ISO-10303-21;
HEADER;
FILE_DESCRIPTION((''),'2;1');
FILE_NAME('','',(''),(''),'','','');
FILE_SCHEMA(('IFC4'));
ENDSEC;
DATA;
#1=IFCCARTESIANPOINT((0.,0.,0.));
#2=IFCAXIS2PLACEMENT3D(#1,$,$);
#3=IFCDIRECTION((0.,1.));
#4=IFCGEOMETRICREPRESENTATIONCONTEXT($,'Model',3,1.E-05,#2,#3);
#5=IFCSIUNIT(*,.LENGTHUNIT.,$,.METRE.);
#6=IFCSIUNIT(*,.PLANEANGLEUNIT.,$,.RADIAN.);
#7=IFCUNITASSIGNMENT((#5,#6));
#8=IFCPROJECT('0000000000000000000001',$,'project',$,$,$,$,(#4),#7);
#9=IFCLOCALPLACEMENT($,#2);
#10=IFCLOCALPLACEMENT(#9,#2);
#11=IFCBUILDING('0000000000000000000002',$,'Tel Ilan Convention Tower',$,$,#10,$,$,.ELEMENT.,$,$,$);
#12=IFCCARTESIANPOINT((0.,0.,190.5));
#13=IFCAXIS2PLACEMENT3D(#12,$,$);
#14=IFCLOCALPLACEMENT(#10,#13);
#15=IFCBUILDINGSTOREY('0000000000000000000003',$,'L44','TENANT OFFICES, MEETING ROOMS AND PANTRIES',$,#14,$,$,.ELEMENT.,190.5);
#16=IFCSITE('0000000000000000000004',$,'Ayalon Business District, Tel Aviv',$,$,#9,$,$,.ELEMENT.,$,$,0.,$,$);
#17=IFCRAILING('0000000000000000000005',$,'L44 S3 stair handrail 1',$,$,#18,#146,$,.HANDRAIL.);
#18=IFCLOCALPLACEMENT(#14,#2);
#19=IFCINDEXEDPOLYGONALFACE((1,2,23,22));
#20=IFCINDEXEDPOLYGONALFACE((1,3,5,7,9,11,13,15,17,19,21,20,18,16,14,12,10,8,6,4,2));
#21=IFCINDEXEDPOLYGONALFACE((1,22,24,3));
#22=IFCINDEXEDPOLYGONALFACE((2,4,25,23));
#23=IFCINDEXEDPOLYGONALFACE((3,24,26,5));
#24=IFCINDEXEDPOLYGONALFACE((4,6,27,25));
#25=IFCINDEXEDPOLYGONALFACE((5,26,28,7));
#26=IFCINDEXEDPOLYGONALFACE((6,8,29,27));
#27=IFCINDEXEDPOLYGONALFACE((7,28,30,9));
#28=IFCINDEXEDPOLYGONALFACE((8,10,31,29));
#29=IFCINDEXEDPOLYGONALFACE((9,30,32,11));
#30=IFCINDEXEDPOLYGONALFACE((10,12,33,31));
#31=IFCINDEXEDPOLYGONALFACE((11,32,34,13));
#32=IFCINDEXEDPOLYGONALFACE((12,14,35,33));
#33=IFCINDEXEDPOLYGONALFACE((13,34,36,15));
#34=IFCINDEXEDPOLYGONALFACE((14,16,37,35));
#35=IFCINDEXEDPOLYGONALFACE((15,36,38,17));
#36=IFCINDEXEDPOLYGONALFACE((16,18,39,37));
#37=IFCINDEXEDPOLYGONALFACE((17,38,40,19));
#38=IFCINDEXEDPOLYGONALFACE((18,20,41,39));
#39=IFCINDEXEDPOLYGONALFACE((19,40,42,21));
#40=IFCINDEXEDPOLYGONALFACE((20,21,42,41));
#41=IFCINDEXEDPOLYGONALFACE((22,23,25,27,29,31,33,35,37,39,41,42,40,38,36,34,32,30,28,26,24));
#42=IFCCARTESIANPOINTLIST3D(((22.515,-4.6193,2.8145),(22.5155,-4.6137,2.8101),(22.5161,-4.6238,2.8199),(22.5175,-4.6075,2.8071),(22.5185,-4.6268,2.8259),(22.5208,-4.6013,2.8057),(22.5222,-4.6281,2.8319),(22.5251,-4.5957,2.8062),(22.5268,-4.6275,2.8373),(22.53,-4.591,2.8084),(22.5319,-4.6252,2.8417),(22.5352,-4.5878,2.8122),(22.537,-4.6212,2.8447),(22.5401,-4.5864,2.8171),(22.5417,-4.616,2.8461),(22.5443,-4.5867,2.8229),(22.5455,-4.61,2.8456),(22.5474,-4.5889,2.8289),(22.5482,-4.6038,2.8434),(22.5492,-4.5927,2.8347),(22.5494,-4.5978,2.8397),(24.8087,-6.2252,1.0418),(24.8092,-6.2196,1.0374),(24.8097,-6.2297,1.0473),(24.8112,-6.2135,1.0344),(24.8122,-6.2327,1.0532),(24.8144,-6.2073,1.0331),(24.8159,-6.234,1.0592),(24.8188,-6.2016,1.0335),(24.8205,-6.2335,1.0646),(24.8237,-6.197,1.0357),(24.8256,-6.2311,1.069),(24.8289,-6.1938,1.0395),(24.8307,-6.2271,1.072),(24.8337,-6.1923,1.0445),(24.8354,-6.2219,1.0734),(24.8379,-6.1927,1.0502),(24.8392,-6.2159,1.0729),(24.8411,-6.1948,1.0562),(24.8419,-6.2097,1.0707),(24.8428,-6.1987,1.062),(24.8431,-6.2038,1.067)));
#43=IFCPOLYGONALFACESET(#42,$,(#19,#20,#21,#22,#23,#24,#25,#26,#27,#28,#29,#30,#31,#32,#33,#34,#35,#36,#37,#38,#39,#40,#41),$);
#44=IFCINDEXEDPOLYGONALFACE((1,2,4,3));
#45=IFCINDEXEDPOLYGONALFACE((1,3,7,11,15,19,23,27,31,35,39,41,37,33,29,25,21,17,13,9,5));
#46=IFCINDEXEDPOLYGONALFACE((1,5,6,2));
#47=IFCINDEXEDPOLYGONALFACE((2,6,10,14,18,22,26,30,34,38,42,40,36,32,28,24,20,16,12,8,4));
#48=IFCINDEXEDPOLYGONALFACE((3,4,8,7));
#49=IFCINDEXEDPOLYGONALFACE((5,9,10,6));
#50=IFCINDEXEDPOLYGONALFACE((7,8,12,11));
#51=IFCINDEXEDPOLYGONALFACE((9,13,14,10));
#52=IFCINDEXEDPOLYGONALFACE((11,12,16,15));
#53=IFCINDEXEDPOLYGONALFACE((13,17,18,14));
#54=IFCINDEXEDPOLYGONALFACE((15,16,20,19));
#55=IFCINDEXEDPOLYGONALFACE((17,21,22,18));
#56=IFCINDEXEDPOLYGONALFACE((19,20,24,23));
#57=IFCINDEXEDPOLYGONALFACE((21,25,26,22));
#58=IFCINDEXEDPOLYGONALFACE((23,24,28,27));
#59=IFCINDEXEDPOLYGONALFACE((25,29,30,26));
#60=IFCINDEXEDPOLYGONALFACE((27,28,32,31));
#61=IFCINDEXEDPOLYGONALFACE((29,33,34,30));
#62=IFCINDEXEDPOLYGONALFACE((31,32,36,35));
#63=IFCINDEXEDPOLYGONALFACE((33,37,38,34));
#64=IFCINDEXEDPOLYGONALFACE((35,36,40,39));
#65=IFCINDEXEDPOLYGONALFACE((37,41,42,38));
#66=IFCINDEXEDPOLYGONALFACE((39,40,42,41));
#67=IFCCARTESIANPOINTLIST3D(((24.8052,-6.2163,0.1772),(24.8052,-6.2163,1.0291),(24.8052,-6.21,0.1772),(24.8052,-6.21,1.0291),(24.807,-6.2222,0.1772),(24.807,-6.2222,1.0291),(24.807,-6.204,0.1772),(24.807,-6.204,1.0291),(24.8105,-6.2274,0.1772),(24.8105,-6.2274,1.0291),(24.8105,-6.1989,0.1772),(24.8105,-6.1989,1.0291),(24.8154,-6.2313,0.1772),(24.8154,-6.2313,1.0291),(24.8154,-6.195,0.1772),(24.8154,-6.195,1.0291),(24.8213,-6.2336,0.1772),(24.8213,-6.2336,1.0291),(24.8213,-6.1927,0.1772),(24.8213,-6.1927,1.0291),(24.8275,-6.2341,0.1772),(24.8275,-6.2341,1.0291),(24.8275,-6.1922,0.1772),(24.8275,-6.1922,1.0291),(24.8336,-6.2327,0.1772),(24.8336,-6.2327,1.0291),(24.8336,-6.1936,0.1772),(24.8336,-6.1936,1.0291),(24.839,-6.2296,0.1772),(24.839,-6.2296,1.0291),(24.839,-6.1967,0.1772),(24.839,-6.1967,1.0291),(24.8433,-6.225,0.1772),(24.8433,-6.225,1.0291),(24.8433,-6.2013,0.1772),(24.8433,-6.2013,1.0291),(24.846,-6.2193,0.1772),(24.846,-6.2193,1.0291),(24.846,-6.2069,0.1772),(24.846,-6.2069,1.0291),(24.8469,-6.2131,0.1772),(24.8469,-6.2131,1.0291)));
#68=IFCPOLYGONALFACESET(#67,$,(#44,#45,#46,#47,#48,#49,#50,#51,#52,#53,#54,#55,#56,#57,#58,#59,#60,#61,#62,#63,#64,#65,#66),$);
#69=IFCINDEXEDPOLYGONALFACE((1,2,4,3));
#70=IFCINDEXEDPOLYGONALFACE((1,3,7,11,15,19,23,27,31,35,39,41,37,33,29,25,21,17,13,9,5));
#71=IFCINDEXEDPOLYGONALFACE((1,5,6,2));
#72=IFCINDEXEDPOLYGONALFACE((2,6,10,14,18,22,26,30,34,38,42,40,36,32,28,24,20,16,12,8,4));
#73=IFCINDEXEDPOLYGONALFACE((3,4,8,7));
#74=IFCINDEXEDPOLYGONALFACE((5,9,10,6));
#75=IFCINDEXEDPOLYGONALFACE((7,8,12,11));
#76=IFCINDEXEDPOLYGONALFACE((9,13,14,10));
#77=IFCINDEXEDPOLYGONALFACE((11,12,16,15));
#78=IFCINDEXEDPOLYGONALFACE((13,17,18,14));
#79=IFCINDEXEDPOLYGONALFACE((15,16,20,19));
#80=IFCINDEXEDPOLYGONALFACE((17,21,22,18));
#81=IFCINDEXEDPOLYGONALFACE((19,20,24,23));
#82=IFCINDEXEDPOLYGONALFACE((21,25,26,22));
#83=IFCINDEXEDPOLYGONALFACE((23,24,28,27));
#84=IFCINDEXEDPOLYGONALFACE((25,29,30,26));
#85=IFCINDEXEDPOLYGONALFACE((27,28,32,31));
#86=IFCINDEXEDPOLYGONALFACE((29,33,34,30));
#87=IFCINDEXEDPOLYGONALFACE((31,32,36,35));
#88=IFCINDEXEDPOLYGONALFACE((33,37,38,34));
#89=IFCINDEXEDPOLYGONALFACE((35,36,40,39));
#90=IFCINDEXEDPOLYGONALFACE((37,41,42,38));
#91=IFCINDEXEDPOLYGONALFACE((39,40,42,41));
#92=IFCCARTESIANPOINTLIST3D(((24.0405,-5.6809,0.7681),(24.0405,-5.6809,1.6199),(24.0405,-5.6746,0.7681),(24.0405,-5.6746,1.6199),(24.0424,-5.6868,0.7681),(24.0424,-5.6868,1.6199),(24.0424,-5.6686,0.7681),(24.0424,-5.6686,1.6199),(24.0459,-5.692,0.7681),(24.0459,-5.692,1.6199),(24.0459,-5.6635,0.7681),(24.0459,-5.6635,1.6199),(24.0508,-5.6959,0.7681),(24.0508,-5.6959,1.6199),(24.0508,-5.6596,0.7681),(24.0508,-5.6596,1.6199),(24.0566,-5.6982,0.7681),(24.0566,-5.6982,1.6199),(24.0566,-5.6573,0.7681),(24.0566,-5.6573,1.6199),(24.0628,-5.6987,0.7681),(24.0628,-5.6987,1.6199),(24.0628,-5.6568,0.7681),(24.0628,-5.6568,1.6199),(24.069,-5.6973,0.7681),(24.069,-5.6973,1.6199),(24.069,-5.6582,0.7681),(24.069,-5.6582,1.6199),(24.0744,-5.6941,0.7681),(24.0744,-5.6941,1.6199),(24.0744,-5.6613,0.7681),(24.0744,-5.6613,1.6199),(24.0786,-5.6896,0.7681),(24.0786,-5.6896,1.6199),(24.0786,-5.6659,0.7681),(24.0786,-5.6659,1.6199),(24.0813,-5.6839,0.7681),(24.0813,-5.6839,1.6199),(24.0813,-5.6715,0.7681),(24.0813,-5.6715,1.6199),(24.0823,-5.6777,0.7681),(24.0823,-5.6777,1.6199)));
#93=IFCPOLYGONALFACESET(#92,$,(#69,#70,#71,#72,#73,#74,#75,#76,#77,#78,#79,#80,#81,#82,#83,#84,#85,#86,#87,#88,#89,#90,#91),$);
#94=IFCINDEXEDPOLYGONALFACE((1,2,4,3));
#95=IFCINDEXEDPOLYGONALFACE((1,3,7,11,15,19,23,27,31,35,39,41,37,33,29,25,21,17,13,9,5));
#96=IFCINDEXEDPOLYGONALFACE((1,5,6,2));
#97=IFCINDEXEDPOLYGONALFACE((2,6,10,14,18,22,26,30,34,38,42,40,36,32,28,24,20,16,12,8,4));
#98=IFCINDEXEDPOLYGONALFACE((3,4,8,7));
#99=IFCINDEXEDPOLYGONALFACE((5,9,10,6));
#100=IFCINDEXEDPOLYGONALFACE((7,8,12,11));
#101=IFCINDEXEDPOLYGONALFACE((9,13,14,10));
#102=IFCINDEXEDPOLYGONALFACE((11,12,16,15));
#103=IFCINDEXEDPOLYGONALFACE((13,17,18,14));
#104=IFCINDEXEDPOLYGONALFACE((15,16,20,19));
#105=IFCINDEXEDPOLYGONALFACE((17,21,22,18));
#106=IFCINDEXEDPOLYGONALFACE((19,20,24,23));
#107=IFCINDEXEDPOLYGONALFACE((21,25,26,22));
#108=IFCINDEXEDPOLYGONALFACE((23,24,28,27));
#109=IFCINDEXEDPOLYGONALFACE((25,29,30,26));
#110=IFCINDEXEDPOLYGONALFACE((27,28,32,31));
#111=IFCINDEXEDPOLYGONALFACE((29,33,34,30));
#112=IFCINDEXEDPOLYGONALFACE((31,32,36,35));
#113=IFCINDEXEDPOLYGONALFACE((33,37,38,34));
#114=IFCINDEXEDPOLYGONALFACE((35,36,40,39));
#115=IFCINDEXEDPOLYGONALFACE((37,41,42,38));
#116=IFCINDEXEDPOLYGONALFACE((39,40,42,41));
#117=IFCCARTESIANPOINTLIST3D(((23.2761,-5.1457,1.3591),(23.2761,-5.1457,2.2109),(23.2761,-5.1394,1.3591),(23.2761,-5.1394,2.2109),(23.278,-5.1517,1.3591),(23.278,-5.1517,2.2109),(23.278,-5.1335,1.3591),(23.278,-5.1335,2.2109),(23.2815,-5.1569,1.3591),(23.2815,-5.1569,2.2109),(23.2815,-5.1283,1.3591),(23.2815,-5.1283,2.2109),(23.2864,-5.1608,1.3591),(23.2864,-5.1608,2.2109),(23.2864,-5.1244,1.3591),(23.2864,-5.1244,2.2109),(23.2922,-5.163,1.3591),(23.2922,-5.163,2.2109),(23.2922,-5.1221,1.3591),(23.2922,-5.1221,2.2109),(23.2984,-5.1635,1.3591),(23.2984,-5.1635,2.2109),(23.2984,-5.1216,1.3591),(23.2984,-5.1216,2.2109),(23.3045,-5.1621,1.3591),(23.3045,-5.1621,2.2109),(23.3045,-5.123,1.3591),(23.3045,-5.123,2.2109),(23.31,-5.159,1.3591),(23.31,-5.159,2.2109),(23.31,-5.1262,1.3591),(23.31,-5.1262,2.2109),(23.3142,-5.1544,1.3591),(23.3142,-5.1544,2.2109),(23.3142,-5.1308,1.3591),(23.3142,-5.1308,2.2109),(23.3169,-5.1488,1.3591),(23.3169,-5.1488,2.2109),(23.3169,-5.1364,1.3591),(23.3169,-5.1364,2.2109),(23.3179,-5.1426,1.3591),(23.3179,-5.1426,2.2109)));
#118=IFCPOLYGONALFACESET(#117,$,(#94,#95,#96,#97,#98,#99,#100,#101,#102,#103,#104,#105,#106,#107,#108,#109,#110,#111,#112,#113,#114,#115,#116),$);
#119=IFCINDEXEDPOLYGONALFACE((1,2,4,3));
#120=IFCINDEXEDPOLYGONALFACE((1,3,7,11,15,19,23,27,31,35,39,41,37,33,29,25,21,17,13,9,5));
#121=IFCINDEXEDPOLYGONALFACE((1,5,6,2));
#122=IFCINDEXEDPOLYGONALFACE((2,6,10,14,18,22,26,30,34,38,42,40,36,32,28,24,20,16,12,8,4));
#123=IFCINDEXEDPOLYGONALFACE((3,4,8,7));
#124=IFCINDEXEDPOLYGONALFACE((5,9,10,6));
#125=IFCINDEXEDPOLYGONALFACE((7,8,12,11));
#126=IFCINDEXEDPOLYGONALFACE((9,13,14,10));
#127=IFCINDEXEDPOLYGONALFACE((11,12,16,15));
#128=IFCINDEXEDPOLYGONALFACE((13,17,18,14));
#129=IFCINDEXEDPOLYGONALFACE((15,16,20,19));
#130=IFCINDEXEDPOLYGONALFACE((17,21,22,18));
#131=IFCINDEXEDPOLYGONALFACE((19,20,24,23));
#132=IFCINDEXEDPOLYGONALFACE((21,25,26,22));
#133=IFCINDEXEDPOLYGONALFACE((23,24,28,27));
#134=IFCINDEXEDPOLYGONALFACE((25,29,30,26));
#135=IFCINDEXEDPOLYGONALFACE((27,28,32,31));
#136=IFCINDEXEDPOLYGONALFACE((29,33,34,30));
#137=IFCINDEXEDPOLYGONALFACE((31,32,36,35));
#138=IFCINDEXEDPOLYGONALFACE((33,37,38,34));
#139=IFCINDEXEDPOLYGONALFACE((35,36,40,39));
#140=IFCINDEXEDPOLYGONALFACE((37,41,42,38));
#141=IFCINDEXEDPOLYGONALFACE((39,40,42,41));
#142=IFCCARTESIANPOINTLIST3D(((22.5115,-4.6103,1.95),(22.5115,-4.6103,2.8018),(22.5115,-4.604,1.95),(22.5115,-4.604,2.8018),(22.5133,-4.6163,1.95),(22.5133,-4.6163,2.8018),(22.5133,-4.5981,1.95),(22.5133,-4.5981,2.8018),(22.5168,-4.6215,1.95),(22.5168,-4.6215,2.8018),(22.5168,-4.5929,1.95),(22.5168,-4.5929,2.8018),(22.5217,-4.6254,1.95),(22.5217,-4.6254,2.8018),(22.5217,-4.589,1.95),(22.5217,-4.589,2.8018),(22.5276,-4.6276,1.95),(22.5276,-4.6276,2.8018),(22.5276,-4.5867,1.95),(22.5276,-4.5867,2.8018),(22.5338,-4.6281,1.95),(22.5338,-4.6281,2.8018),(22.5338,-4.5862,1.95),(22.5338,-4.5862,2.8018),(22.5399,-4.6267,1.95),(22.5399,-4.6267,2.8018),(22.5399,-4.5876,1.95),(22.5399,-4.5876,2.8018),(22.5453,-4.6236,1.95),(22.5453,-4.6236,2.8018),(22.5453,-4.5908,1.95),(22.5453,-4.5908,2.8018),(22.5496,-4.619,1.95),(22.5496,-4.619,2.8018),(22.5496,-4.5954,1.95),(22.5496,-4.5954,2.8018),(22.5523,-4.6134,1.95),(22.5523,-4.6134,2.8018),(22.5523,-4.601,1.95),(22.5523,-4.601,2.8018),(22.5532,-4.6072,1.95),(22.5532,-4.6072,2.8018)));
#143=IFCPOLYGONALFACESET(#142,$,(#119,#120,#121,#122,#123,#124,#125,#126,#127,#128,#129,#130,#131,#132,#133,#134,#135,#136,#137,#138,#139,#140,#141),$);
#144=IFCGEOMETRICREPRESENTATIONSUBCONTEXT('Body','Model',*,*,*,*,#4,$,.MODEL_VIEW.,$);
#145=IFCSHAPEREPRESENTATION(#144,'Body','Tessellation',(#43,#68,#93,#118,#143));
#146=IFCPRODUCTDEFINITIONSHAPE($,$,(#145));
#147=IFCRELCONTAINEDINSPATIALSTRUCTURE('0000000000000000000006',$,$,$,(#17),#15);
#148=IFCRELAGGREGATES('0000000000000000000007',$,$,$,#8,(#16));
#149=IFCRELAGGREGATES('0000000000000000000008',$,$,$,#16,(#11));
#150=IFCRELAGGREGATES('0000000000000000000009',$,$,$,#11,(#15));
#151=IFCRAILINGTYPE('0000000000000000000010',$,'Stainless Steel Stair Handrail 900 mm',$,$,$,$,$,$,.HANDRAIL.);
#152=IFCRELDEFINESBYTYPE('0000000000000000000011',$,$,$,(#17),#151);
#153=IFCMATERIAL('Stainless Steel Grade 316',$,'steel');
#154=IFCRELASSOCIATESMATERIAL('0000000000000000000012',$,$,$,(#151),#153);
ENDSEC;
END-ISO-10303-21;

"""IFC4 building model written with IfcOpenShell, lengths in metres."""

from ifc_helpers import new_model, si_unit, direction, frame, origin, origin_2d, place, context, subcontext, project, spatial, circle, extrude, material, type_object, element, save


model = new_model("IFC4")

# Units and contexts
model_context = context("Model", 3, precision=1e-05, world=origin(), true_north=direction((0.0, 1.0)))
body_context = subcontext(model_context, "Body", "Model", "MODEL_VIEW")
ifc_project = project(units=[si_unit("LENGTHUNIT", "METRE"), si_unit("PLANEANGLEUNIT", "RADIAN")], contexts=[model_context])

# Site, building, storey
site_placement = place(None, origin())
site = spatial("IfcSite", under=ifc_project, at=site_placement, Name="Ayalon Business District, Tel Aviv", CompositionType="ELEMENT", RefElevation=0.0)
building_placement = place(site_placement, origin())
building = spatial("IfcBuilding", under=site, at=building_placement, Name="Tel Ilan Convention Tower", CompositionType="ELEMENT")
storey_placement = place(building_placement, frame((0.0, 0.0, 190.5)))
storey = spatial("IfcBuildingStorey", under=building, at=storey_placement, Name="L44", Description="TENANT OFFICES, MEETING ROOMS AND PANTRIES", CompositionType="ELEMENT", Elevation=190.5)

# Railing
ifc_material_1 = material(Name="Stainless Steel Grade 316", Category="steel")
railing_type_1 = type_object("IfcRailingType", Name="Stainless Steel Stair Handrail 900 mm", PredefinedType="HANDRAIL", material=ifc_material_1)
railing_1_placement = place(storey_placement, frame((24.8259, -6.2131, 0.1772)))
element("IfcRailing", 1, at=railing_1_placement, inside=storey, type_object=railing_type_1, Name="L44 S3 stair handrail 1", PredefinedType="HANDRAIL", context=body_context, shape_type="SweptSolid", body=[
    extrude(circle(Radius=0.0239, at=origin_2d()), frame((0.0, 0.0, 0.876), z_axis=(-0.692123, 0.484597, 0.534913), x_axis=(-0.57355, -0.81917, 0.0)), (0.0, 0.0, 1.0), 3.314),
    extrude(circle(Radius=0.021, at=origin_2d()), origin(), (0.0, 0.0, 1.0), 0.8518),
    extrude(circle(Radius=0.021, at=origin_2d()), frame((-0.7646, 0.5354, 0.5908)), (0.0, 0.0, 1.0), 0.8518),
    extrude(circle(Radius=0.021, at=origin_2d()), frame((-1.5291, 1.0706, 1.1819)), (0.0, 0.0, 1.0), 0.8518),
    extrude(circle(Radius=0.021, at=origin_2d()), frame((-2.2937, 1.606, 1.7727)), (0.0, 0.0, 1.0), 0.8518),
])

save(model, "model.ifc")
